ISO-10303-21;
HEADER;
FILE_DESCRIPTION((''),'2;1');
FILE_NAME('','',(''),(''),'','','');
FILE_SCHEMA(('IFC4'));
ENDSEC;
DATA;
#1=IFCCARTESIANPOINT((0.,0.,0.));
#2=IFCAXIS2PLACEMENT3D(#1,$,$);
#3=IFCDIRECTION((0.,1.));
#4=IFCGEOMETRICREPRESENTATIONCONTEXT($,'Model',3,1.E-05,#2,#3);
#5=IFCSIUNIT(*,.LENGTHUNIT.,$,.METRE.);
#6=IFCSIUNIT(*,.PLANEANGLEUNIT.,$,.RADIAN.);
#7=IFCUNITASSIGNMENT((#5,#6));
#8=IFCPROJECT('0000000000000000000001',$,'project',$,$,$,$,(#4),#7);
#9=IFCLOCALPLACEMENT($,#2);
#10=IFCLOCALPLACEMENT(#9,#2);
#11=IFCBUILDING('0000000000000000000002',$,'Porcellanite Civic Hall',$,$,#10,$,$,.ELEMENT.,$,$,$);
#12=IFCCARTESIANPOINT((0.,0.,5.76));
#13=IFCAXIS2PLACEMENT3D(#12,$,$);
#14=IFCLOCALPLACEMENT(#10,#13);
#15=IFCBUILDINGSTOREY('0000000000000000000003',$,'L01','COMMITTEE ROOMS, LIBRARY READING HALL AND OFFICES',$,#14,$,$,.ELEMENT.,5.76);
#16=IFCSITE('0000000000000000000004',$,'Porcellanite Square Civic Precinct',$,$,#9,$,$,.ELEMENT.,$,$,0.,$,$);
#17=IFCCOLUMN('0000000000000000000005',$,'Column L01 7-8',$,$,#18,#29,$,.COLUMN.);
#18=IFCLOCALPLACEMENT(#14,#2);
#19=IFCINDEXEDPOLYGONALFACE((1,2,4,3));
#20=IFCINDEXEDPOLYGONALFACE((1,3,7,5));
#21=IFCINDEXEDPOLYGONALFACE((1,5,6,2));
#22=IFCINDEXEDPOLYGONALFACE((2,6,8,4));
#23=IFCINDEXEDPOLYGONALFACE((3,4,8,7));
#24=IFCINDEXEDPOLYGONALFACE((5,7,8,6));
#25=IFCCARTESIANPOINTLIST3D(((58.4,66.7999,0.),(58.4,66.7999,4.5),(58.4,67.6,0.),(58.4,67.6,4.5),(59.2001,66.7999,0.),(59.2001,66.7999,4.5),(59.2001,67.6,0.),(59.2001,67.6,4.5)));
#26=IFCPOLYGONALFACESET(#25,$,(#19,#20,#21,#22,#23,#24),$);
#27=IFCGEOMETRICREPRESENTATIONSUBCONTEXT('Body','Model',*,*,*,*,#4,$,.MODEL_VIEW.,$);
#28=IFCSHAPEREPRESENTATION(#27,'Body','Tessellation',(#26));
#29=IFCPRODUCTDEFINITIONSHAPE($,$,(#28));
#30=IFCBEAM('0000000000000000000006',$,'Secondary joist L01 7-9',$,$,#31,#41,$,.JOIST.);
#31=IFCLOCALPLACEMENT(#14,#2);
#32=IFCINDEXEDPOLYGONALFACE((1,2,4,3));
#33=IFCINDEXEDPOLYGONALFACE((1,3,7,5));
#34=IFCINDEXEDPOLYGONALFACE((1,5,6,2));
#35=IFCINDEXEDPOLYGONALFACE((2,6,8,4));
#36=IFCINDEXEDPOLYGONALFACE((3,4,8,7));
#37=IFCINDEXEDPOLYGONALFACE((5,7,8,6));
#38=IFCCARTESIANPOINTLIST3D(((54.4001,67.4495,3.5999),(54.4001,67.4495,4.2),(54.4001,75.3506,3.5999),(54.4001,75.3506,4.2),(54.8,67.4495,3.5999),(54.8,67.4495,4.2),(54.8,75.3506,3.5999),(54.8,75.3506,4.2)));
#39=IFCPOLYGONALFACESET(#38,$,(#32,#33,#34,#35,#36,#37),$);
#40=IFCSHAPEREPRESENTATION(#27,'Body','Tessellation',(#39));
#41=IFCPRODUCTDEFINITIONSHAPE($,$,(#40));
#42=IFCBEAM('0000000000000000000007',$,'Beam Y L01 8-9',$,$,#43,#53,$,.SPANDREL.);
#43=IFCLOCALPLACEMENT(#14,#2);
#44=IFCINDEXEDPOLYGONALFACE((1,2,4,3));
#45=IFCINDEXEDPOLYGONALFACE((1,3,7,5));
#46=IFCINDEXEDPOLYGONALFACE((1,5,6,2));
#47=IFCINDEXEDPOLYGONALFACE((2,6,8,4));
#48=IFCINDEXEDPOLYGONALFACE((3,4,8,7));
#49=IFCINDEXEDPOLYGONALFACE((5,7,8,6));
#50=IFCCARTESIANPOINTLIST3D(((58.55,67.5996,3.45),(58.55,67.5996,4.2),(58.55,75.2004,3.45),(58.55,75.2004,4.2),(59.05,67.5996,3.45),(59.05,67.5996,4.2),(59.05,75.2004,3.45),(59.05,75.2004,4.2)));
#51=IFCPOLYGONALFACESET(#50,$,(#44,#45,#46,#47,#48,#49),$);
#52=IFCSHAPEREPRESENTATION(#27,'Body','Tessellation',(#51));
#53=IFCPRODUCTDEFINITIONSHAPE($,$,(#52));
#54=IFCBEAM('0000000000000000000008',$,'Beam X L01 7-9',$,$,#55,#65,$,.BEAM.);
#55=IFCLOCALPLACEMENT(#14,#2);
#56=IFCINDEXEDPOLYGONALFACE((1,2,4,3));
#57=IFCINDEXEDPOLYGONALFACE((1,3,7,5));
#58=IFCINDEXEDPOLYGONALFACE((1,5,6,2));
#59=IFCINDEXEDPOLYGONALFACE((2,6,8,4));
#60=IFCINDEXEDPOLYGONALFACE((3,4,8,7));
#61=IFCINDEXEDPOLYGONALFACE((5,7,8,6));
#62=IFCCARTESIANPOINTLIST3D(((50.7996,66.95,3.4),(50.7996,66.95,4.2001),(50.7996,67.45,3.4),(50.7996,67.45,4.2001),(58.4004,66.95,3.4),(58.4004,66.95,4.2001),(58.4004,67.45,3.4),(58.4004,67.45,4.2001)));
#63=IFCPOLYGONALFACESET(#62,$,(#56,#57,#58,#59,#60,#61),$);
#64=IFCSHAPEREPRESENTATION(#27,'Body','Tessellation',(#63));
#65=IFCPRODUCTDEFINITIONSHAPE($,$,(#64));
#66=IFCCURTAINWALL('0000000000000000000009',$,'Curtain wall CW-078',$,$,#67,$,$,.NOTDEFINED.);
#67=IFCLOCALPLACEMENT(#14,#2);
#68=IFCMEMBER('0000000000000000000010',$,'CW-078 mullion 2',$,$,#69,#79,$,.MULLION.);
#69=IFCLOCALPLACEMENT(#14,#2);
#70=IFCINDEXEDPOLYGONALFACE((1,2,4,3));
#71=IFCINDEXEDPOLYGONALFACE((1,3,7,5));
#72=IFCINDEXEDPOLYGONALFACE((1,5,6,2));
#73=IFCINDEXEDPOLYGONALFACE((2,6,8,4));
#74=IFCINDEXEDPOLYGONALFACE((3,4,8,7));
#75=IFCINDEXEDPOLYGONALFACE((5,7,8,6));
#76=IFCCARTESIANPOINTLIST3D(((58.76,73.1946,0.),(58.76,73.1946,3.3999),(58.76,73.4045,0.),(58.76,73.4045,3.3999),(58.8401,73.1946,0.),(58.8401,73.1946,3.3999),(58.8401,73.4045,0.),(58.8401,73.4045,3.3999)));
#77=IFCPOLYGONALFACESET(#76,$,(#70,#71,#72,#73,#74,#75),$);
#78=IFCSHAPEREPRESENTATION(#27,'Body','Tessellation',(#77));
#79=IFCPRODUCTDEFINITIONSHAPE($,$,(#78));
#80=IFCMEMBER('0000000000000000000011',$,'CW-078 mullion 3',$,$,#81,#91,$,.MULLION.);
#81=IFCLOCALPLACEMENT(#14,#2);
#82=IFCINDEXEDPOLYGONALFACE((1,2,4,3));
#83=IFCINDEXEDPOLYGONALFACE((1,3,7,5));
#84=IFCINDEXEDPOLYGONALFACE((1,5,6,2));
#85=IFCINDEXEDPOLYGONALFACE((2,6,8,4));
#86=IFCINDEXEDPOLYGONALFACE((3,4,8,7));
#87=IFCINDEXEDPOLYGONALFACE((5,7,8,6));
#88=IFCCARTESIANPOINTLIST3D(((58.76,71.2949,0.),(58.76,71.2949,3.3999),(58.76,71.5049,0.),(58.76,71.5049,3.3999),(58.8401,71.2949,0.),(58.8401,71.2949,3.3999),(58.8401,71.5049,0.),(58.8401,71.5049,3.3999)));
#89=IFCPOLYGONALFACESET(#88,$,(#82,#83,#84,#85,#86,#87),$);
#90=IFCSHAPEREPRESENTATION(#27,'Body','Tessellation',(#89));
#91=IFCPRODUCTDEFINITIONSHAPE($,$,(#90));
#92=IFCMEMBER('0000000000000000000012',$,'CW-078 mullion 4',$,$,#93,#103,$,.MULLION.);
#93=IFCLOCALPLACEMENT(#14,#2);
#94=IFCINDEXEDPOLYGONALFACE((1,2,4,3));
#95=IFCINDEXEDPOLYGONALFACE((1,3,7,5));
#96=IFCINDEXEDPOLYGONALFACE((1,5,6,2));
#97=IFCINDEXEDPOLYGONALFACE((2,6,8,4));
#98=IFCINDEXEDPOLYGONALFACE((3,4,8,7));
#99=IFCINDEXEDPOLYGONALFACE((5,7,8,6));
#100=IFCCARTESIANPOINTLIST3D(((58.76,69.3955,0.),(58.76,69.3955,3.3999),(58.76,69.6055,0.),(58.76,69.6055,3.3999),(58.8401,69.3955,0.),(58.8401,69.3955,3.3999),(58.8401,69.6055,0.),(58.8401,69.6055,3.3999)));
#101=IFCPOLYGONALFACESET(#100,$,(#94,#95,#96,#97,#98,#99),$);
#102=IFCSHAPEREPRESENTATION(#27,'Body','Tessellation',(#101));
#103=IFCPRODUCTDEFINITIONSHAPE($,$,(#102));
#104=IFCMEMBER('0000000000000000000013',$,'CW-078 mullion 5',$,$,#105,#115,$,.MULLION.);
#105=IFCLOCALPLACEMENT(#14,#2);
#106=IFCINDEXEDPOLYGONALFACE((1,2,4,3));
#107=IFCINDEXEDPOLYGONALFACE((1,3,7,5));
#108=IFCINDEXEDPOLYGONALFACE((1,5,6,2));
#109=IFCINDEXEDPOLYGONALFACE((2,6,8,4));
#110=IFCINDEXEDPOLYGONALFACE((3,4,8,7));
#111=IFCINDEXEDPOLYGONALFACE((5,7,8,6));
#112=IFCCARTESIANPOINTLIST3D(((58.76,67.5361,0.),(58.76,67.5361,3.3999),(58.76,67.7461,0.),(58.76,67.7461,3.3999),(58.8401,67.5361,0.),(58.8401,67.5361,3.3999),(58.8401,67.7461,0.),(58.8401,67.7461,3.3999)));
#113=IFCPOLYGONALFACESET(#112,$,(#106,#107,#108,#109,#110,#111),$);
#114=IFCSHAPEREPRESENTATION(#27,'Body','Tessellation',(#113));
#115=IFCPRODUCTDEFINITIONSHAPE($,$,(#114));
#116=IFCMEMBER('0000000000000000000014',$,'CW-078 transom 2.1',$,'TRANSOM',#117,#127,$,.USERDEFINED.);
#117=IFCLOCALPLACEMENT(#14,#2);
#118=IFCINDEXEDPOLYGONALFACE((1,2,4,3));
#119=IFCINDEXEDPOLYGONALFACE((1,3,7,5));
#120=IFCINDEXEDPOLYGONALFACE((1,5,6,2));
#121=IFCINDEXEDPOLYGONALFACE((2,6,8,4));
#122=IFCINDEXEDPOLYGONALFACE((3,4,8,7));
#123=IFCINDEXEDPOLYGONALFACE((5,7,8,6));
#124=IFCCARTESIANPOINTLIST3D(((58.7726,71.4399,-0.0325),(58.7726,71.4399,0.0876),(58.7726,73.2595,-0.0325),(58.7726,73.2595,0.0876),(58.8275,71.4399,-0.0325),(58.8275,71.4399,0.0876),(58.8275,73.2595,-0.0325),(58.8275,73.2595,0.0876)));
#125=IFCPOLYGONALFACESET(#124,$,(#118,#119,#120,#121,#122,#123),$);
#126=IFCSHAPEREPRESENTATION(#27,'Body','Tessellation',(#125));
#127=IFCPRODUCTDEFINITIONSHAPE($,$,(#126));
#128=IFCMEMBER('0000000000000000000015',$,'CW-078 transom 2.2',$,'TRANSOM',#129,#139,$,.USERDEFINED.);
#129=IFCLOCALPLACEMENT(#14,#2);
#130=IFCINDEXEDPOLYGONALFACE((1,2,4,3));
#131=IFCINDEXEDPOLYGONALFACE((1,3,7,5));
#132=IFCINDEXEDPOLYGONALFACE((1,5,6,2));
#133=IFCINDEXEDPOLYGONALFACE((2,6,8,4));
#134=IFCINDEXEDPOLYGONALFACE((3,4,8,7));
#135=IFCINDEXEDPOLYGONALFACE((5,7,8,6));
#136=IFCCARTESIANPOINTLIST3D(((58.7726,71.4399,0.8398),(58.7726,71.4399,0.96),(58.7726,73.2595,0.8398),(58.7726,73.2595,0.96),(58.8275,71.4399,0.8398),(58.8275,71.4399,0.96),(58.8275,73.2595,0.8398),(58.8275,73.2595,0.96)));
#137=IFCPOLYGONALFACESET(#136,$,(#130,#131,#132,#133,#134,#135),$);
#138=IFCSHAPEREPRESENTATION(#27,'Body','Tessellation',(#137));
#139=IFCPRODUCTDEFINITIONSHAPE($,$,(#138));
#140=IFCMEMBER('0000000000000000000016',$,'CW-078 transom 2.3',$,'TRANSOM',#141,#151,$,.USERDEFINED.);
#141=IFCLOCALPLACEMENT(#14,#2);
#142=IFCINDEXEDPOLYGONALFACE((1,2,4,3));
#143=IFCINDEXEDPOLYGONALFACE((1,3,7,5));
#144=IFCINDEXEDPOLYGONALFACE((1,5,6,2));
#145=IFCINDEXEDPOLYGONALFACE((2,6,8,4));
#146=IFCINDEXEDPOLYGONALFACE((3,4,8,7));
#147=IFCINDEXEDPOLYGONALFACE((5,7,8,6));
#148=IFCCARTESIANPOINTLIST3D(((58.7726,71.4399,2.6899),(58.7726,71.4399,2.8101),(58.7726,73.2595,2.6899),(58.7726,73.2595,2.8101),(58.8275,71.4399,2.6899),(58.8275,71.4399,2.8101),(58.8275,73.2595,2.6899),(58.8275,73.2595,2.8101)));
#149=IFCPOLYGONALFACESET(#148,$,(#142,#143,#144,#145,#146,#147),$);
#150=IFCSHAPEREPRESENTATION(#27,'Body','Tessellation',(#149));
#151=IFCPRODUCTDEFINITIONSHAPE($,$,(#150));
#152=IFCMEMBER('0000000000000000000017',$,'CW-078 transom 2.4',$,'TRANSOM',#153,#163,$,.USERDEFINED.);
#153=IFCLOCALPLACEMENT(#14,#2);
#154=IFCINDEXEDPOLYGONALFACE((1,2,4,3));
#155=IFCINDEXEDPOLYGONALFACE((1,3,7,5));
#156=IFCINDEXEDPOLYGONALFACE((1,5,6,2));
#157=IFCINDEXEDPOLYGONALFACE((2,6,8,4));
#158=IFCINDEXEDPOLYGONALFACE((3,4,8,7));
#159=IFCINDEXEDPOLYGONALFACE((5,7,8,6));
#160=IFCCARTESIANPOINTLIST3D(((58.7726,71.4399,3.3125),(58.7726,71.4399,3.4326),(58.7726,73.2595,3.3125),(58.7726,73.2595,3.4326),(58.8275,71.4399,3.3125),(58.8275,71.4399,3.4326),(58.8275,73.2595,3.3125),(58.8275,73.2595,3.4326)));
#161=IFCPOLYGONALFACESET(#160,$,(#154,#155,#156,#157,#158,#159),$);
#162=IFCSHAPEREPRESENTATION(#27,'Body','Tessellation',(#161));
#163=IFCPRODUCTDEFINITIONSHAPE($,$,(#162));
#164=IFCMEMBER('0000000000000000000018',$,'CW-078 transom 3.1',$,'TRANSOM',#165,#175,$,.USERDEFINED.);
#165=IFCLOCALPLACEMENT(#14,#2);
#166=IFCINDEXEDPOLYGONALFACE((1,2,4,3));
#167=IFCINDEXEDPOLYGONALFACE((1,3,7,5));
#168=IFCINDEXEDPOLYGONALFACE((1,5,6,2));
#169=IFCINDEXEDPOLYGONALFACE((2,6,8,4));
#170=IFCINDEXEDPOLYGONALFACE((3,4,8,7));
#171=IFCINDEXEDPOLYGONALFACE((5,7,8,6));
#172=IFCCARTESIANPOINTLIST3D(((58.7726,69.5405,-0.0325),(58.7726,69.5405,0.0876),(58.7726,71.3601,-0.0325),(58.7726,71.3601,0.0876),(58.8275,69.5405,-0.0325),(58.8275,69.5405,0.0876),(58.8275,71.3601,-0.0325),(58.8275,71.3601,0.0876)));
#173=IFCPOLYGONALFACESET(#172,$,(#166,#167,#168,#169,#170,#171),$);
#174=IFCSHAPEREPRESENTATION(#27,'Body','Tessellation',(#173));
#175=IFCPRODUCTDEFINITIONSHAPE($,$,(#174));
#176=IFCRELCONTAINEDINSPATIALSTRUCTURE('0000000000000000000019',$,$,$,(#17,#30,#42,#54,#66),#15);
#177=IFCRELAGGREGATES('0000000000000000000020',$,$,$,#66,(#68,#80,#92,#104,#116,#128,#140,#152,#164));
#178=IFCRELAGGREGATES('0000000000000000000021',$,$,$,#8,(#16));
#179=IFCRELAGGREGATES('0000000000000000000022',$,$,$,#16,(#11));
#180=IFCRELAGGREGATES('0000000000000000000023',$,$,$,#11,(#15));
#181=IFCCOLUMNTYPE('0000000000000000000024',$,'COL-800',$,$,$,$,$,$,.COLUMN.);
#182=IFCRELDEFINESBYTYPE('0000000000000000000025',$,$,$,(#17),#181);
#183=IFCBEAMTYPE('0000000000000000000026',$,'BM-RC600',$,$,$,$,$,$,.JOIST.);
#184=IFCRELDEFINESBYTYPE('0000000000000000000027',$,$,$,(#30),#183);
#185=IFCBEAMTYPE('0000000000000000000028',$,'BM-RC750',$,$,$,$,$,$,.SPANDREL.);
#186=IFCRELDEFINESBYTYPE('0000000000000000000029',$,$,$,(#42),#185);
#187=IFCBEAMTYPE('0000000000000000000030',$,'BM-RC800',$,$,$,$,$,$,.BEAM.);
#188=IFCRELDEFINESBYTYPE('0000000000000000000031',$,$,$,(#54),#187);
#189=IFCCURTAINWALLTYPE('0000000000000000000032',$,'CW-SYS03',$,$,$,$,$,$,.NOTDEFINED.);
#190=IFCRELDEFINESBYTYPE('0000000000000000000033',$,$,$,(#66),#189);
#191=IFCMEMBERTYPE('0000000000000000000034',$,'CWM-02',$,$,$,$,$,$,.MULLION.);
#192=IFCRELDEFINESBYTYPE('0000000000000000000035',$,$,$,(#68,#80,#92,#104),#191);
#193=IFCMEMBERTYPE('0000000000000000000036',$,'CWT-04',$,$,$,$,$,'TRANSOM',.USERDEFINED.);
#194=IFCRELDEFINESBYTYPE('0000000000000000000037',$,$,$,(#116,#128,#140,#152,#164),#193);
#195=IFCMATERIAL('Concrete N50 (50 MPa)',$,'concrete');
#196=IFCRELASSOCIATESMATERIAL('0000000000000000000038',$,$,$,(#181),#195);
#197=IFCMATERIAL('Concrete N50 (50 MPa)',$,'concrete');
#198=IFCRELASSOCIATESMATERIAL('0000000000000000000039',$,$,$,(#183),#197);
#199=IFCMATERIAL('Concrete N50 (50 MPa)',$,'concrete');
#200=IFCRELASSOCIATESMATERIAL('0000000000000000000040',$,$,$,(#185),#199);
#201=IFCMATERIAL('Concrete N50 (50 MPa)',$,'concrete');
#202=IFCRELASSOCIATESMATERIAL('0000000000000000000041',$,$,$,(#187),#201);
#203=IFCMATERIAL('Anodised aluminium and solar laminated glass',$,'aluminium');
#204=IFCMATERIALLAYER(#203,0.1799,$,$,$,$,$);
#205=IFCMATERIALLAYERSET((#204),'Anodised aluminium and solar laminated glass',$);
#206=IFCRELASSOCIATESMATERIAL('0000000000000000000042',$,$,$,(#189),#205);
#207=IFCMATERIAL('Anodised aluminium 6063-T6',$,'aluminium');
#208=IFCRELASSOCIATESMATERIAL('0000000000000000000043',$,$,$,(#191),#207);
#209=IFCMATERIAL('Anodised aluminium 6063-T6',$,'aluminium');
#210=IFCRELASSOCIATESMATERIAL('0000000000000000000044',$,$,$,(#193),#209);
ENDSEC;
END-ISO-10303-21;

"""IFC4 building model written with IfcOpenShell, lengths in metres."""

from ifc_helpers import new_model, si_unit, direction, frame, origin, origin_2d, place, context, subcontext, project, spatial, rectangle, extrude, material, layer, layer_set, material_profile, profile_set, type_object, element, aggregate, save


model = new_model("IFC4")

# Units and contexts
model_context = context("Model", 3, precision=1e-05, world=origin(), true_north=direction((0.0, 1.0)))
body_context = subcontext(model_context, "Body", "Model", "MODEL_VIEW")
ifc_project = project(units=[si_unit("LENGTHUNIT", "METRE"), si_unit("PLANEANGLEUNIT", "RADIAN")], contexts=[model_context])

# Site, building, storey
site_placement = place(None, origin())
site = spatial("IfcSite", under=ifc_project, at=site_placement, Name="Porcellanite Square Civic Precinct", CompositionType="ELEMENT", RefElevation=0.0)
building_placement = place(site_placement, origin())
building = spatial("IfcBuilding", under=site, at=building_placement, Name="Porcellanite Civic Hall", CompositionType="ELEMENT")
storey_placement = place(building_placement, frame((0.0, 0.0, 5.76)))
storey = spatial("IfcBuildingStorey", under=building, at=storey_placement, Name="L01", Description="COMMITTEE ROOMS, LIBRARY READING HALL AND OFFICES", CompositionType="ELEMENT", Elevation=5.76)

# Column
ifc_material_1 = material(Name="Concrete N50 (50 MPa)", Category="concrete")
ifc_material_profile_1 = material_profile(ifc_material_1, rectangle(XDim=0.8, YDim=0.8, at=origin_2d()), Name="RC-800x800")
ifc_profile_set_1 = profile_set([ifc_material_profile_1], Name="Concrete N50 (50 MPa)")
column_type = type_object("IfcColumnType", Name="COL-800", PredefinedType="COLUMN", material=ifc_profile_set_1)
column_placement = place(storey_placement, frame((58.8, 67.2, 0.0), z_axis=(0.0, 0.0, 1.0), x_axis=(1.0, 0.0, 0.0)))
element("IfcColumn", 1, at=column_placement, inside=storey, type_object=column_type, Name="Column L01 7-8", PredefinedType="COLUMN", context=body_context, shape_type="SweptSolid", body=[
    extrude(rectangle(XDim=0.8, YDim=0.8, at=origin_2d()), origin(), (0.0, 0.0, 1.0), 4.5),
])

# Beams
ifc_material_2 = material(Name="Concrete N50 (50 MPa)", Category="concrete")
ifc_material_profile_2 = material_profile(ifc_material_2, rectangle(XDim=0.3999, YDim=0.6001, at=origin_2d()), Name="RC-400x600")
ifc_profile_set_2 = profile_set([ifc_material_profile_2], Name="Concrete N50 (50 MPa)")
beam_type_1 = type_object("IfcBeamType", Name="BM-RC600", PredefinedType="JOIST", material=ifc_profile_set_2)
beam_1_placement = place(storey_placement, frame((54.6001, 67.4495, 3.8999), z_axis=(0.0, 1.0, 0.0), x_axis=(-1.0, 0.0, 0.0)))
element("IfcBeam", 2, at=beam_1_placement, inside=storey, type_object=beam_type_1, Name="Secondary joist L01 7-9", PredefinedType="JOIST", context=body_context, shape_type="SweptSolid", body=[
    extrude(rectangle(XDim=0.3999, YDim=0.6001, at=origin_2d()), origin(), (0.0, 0.0, 1.0), 7.9011),
])
ifc_material_3 = material(Name="Concrete N50 (50 MPa)", Category="concrete")
ifc_material_profile_3 = material_profile(ifc_material_3, rectangle(XDim=0.5, YDim=0.75, at=origin_2d()), Name="RC-500x750")
ifc_profile_set_3 = profile_set([ifc_material_profile_3], Name="Concrete N50 (50 MPa)")
beam_type_2 = type_object("IfcBeamType", Name="BM-RC750", PredefinedType="SPANDREL", material=ifc_profile_set_3)
beam_2_placement = place(storey_placement, frame((58.8, 67.5996, 3.825), z_axis=(0.0, 1.0, 0.0), x_axis=(-1.0, 0.0, 0.0)))
element("IfcBeam", 3, at=beam_2_placement, inside=storey, type_object=beam_type_2, Name="Beam Y L01 8-9", PredefinedType="SPANDREL", context=body_context, shape_type="SweptSolid", body=[
    extrude(rectangle(XDim=0.5, YDim=0.75, at=origin_2d()), origin(), (0.0, 0.0, 1.0), 7.6008),
])
ifc_material_4 = material(Name="Concrete N50 (50 MPa)", Category="concrete")
ifc_material_profile_4 = material_profile(ifc_material_4, rectangle(XDim=0.5, YDim=0.8, at=origin_2d()), Name="RC-500x800")
ifc_profile_set_4 = profile_set([ifc_material_profile_4], Name="Concrete N50 (50 MPa)")
beam_type_3 = type_object("IfcBeamType", Name="BM-RC800", PredefinedType="BEAM", material=ifc_profile_set_4)
beam_3_placement = place(storey_placement, frame((50.7996, 67.2, 3.8), z_axis=(1.0, 0.0, 0.0), x_axis=(0.0, 1.0, 0.0)))
element("IfcBeam", 4, at=beam_3_placement, inside=storey, type_object=beam_type_3, Name="Beam X L01 7-9", PredefinedType="BEAM", context=body_context, shape_type="SweptSolid", body=[
    extrude(rectangle(XDim=0.5, YDim=0.8, at=origin_2d()), origin(), (0.0, 0.0, 1.0), 7.6008),
])

# Curtain wall, members
ifc_material_5 = material(Name="Anodised aluminium and solar laminated glass", Category="aluminium")
ifc_layer_1 = layer(ifc_material_5, 0.1799)
ifc_layer_set_1 = layer_set([ifc_layer_1], Name="Anodised aluminium and solar laminated glass")
curtain_wall_type = type_object("IfcCurtainWallType", Name="CW-SYS03", PredefinedType="NOTDEFINED", material=ifc_layer_set_1)
curtain_wall_placement = place(storey_placement, origin())
curtain_wall = element("IfcCurtainWall", 5, at=curtain_wall_placement, inside=storey, type_object=curtain_wall_type, Name="Curtain wall CW-078", PredefinedType="NOTDEFINED")
ifc_material_6 = material(Name="Anodised aluminium 6063-T6", Category="aluminium")
ifc_material_profile_5 = material_profile(ifc_material_6, rectangle(XDim=0.0801, YDim=0.21, at=origin_2d()), Name="AL-80x210")
ifc_profile_set_5 = profile_set([ifc_material_profile_5], Name="Anodised aluminium 6063-T6")
member_type_1 = type_object("IfcMemberType", Name="CWM-02", PredefinedType="MULLION", material=ifc_profile_set_5)
member_1_placement = place(storey_placement, frame((58.8, 73.2996, 0.0), z_axis=(0.0, 0.0, 1.0), x_axis=(1.0, 0.0, 0.0)))
member_1 = element("IfcMember", 6, at=member_1_placement, type_object=member_type_1, Name="CW-078 mullion 2", PredefinedType="MULLION", context=body_context, shape_type="SweptSolid", body=[
    extrude(rectangle(XDim=0.0801, YDim=0.21, at=origin_2d()), origin(), (0.0, 0.0, 1.0), 3.3999),
])
member_2_placement = place(storey_placement, frame((58.8, 71.3999, 0.0), z_axis=(0.0, 0.0, 1.0), x_axis=(1.0, 0.0, 0.0)))
member_2 = element("IfcMember", 7, at=member_2_placement, type_object=member_type_1, Name="CW-078 mullion 3", PredefinedType="MULLION", context=body_context, shape_type="SweptSolid", body=[
    extrude(rectangle(XDim=0.0801, YDim=0.21, at=origin_2d()), origin(), (0.0, 0.0, 1.0), 3.3999),
])
member_3_placement = place(storey_placement, frame((58.8, 69.5005, 0.0), z_axis=(0.0, 0.0, 1.0), x_axis=(1.0, 0.0, 0.0)))
member_3 = element("IfcMember", 8, at=member_3_placement, type_object=member_type_1, Name="CW-078 mullion 4", PredefinedType="MULLION", context=body_context, shape_type="SweptSolid", body=[
    extrude(rectangle(XDim=0.0801, YDim=0.21, at=origin_2d()), origin(), (0.0, 0.0, 1.0), 3.3999),
])
member_4_placement = place(storey_placement, frame((58.8, 67.6411, 0.0), z_axis=(0.0, 0.0, 1.0), x_axis=(1.0, 0.0, 0.0)))
member_4 = element("IfcMember", 9, at=member_4_placement, type_object=member_type_1, Name="CW-078 mullion 5", PredefinedType="MULLION", context=body_context, shape_type="SweptSolid", body=[
    extrude(rectangle(XDim=0.0801, YDim=0.21, at=origin_2d()), origin(), (0.0, 0.0, 1.0), 3.3999),
])
ifc_material_7 = material(Name="Anodised aluminium 6063-T6", Category="aluminium")
ifc_material_profile_6 = material_profile(ifc_material_7, rectangle(XDim=0.0549, YDim=0.1201, at=origin_2d()), Name="AL-55x120")
ifc_profile_set_6 = profile_set([ifc_material_profile_6], Name="Anodised aluminium 6063-T6")
member_type_2 = type_object("IfcMemberType", Name="CWT-04", ElementType="TRANSOM", PredefinedType="USERDEFINED", material=ifc_profile_set_6)
member_5_placement = place(storey_placement, frame((58.8, 73.2595, 0.0276), z_axis=(0.0, -1.0, 0.0), x_axis=(1.0, 0.0, 0.0)))
member_5 = element("IfcMember", 10, at=member_5_placement, type_object=member_type_2, Name="CW-078 transom 2.1", ObjectType="TRANSOM", PredefinedType="USERDEFINED", context=body_context, shape_type="SweptSolid", body=[
    extrude(rectangle(XDim=0.0549, YDim=0.1201, at=origin_2d()), origin(), (0.0, 0.0, 1.0), 1.8196),
])
member_6_placement = place(storey_placement, frame((58.8, 73.2595, 0.8999), z_axis=(0.0, -1.0, 0.0), x_axis=(1.0, 0.0, 0.0)))
member_6 = element("IfcMember", 11, at=member_6_placement, type_object=member_type_2, Name="CW-078 transom 2.2", ObjectType="TRANSOM", PredefinedType="USERDEFINED", context=body_context, shape_type="SweptSolid", body=[
    extrude(rectangle(XDim=0.0549, YDim=0.1201, at=origin_2d()), origin(), (0.0, 0.0, 1.0), 1.8196),
])
member_7_placement = place(storey_placement, frame((58.8, 73.2595, 2.75), z_axis=(0.0, -1.0, 0.0), x_axis=(1.0, 0.0, 0.0)))
member_7 = element("IfcMember", 12, at=member_7_placement, type_object=member_type_2, Name="CW-078 transom 2.3", ObjectType="TRANSOM", PredefinedType="USERDEFINED", context=body_context, shape_type="SweptSolid", body=[
    extrude(rectangle(XDim=0.0549, YDim=0.1201, at=origin_2d()), origin(), (0.0, 0.0, 1.0), 1.8196),
])
member_8_placement = place(storey_placement, frame((58.8, 73.2595, 3.3726), z_axis=(0.0, -1.0, 0.0), x_axis=(1.0, 0.0, 0.0)))
member_8 = element("IfcMember", 13, at=member_8_placement, type_object=member_type_2, Name="CW-078 transom 2.4", ObjectType="TRANSOM", PredefinedType="USERDEFINED", context=body_context, shape_type="SweptSolid", body=[
    extrude(rectangle(XDim=0.0549, YDim=0.1201, at=origin_2d()), origin(), (0.0, 0.0, 1.0), 1.8196),
])
member_9_placement = place(storey_placement, frame((58.8, 71.3601, 0.0276), z_axis=(0.0, -1.0, 0.0), x_axis=(1.0, 0.0, 0.0)))
member_9 = element("IfcMember", 14, at=member_9_placement, type_object=member_type_2, Name="CW-078 transom 3.1", ObjectType="TRANSOM", PredefinedType="USERDEFINED", context=body_context, shape_type="SweptSolid", body=[
    extrude(rectangle(XDim=0.0549, YDim=0.1201, at=origin_2d()), origin(), (0.0, 0.0, 1.0), 1.8196),
])
aggregate(curtain_wall, [member_1, member_2, member_3, member_4, member_5, member_6, member_7, member_8, member_9])

save(model, "model.ifc")
